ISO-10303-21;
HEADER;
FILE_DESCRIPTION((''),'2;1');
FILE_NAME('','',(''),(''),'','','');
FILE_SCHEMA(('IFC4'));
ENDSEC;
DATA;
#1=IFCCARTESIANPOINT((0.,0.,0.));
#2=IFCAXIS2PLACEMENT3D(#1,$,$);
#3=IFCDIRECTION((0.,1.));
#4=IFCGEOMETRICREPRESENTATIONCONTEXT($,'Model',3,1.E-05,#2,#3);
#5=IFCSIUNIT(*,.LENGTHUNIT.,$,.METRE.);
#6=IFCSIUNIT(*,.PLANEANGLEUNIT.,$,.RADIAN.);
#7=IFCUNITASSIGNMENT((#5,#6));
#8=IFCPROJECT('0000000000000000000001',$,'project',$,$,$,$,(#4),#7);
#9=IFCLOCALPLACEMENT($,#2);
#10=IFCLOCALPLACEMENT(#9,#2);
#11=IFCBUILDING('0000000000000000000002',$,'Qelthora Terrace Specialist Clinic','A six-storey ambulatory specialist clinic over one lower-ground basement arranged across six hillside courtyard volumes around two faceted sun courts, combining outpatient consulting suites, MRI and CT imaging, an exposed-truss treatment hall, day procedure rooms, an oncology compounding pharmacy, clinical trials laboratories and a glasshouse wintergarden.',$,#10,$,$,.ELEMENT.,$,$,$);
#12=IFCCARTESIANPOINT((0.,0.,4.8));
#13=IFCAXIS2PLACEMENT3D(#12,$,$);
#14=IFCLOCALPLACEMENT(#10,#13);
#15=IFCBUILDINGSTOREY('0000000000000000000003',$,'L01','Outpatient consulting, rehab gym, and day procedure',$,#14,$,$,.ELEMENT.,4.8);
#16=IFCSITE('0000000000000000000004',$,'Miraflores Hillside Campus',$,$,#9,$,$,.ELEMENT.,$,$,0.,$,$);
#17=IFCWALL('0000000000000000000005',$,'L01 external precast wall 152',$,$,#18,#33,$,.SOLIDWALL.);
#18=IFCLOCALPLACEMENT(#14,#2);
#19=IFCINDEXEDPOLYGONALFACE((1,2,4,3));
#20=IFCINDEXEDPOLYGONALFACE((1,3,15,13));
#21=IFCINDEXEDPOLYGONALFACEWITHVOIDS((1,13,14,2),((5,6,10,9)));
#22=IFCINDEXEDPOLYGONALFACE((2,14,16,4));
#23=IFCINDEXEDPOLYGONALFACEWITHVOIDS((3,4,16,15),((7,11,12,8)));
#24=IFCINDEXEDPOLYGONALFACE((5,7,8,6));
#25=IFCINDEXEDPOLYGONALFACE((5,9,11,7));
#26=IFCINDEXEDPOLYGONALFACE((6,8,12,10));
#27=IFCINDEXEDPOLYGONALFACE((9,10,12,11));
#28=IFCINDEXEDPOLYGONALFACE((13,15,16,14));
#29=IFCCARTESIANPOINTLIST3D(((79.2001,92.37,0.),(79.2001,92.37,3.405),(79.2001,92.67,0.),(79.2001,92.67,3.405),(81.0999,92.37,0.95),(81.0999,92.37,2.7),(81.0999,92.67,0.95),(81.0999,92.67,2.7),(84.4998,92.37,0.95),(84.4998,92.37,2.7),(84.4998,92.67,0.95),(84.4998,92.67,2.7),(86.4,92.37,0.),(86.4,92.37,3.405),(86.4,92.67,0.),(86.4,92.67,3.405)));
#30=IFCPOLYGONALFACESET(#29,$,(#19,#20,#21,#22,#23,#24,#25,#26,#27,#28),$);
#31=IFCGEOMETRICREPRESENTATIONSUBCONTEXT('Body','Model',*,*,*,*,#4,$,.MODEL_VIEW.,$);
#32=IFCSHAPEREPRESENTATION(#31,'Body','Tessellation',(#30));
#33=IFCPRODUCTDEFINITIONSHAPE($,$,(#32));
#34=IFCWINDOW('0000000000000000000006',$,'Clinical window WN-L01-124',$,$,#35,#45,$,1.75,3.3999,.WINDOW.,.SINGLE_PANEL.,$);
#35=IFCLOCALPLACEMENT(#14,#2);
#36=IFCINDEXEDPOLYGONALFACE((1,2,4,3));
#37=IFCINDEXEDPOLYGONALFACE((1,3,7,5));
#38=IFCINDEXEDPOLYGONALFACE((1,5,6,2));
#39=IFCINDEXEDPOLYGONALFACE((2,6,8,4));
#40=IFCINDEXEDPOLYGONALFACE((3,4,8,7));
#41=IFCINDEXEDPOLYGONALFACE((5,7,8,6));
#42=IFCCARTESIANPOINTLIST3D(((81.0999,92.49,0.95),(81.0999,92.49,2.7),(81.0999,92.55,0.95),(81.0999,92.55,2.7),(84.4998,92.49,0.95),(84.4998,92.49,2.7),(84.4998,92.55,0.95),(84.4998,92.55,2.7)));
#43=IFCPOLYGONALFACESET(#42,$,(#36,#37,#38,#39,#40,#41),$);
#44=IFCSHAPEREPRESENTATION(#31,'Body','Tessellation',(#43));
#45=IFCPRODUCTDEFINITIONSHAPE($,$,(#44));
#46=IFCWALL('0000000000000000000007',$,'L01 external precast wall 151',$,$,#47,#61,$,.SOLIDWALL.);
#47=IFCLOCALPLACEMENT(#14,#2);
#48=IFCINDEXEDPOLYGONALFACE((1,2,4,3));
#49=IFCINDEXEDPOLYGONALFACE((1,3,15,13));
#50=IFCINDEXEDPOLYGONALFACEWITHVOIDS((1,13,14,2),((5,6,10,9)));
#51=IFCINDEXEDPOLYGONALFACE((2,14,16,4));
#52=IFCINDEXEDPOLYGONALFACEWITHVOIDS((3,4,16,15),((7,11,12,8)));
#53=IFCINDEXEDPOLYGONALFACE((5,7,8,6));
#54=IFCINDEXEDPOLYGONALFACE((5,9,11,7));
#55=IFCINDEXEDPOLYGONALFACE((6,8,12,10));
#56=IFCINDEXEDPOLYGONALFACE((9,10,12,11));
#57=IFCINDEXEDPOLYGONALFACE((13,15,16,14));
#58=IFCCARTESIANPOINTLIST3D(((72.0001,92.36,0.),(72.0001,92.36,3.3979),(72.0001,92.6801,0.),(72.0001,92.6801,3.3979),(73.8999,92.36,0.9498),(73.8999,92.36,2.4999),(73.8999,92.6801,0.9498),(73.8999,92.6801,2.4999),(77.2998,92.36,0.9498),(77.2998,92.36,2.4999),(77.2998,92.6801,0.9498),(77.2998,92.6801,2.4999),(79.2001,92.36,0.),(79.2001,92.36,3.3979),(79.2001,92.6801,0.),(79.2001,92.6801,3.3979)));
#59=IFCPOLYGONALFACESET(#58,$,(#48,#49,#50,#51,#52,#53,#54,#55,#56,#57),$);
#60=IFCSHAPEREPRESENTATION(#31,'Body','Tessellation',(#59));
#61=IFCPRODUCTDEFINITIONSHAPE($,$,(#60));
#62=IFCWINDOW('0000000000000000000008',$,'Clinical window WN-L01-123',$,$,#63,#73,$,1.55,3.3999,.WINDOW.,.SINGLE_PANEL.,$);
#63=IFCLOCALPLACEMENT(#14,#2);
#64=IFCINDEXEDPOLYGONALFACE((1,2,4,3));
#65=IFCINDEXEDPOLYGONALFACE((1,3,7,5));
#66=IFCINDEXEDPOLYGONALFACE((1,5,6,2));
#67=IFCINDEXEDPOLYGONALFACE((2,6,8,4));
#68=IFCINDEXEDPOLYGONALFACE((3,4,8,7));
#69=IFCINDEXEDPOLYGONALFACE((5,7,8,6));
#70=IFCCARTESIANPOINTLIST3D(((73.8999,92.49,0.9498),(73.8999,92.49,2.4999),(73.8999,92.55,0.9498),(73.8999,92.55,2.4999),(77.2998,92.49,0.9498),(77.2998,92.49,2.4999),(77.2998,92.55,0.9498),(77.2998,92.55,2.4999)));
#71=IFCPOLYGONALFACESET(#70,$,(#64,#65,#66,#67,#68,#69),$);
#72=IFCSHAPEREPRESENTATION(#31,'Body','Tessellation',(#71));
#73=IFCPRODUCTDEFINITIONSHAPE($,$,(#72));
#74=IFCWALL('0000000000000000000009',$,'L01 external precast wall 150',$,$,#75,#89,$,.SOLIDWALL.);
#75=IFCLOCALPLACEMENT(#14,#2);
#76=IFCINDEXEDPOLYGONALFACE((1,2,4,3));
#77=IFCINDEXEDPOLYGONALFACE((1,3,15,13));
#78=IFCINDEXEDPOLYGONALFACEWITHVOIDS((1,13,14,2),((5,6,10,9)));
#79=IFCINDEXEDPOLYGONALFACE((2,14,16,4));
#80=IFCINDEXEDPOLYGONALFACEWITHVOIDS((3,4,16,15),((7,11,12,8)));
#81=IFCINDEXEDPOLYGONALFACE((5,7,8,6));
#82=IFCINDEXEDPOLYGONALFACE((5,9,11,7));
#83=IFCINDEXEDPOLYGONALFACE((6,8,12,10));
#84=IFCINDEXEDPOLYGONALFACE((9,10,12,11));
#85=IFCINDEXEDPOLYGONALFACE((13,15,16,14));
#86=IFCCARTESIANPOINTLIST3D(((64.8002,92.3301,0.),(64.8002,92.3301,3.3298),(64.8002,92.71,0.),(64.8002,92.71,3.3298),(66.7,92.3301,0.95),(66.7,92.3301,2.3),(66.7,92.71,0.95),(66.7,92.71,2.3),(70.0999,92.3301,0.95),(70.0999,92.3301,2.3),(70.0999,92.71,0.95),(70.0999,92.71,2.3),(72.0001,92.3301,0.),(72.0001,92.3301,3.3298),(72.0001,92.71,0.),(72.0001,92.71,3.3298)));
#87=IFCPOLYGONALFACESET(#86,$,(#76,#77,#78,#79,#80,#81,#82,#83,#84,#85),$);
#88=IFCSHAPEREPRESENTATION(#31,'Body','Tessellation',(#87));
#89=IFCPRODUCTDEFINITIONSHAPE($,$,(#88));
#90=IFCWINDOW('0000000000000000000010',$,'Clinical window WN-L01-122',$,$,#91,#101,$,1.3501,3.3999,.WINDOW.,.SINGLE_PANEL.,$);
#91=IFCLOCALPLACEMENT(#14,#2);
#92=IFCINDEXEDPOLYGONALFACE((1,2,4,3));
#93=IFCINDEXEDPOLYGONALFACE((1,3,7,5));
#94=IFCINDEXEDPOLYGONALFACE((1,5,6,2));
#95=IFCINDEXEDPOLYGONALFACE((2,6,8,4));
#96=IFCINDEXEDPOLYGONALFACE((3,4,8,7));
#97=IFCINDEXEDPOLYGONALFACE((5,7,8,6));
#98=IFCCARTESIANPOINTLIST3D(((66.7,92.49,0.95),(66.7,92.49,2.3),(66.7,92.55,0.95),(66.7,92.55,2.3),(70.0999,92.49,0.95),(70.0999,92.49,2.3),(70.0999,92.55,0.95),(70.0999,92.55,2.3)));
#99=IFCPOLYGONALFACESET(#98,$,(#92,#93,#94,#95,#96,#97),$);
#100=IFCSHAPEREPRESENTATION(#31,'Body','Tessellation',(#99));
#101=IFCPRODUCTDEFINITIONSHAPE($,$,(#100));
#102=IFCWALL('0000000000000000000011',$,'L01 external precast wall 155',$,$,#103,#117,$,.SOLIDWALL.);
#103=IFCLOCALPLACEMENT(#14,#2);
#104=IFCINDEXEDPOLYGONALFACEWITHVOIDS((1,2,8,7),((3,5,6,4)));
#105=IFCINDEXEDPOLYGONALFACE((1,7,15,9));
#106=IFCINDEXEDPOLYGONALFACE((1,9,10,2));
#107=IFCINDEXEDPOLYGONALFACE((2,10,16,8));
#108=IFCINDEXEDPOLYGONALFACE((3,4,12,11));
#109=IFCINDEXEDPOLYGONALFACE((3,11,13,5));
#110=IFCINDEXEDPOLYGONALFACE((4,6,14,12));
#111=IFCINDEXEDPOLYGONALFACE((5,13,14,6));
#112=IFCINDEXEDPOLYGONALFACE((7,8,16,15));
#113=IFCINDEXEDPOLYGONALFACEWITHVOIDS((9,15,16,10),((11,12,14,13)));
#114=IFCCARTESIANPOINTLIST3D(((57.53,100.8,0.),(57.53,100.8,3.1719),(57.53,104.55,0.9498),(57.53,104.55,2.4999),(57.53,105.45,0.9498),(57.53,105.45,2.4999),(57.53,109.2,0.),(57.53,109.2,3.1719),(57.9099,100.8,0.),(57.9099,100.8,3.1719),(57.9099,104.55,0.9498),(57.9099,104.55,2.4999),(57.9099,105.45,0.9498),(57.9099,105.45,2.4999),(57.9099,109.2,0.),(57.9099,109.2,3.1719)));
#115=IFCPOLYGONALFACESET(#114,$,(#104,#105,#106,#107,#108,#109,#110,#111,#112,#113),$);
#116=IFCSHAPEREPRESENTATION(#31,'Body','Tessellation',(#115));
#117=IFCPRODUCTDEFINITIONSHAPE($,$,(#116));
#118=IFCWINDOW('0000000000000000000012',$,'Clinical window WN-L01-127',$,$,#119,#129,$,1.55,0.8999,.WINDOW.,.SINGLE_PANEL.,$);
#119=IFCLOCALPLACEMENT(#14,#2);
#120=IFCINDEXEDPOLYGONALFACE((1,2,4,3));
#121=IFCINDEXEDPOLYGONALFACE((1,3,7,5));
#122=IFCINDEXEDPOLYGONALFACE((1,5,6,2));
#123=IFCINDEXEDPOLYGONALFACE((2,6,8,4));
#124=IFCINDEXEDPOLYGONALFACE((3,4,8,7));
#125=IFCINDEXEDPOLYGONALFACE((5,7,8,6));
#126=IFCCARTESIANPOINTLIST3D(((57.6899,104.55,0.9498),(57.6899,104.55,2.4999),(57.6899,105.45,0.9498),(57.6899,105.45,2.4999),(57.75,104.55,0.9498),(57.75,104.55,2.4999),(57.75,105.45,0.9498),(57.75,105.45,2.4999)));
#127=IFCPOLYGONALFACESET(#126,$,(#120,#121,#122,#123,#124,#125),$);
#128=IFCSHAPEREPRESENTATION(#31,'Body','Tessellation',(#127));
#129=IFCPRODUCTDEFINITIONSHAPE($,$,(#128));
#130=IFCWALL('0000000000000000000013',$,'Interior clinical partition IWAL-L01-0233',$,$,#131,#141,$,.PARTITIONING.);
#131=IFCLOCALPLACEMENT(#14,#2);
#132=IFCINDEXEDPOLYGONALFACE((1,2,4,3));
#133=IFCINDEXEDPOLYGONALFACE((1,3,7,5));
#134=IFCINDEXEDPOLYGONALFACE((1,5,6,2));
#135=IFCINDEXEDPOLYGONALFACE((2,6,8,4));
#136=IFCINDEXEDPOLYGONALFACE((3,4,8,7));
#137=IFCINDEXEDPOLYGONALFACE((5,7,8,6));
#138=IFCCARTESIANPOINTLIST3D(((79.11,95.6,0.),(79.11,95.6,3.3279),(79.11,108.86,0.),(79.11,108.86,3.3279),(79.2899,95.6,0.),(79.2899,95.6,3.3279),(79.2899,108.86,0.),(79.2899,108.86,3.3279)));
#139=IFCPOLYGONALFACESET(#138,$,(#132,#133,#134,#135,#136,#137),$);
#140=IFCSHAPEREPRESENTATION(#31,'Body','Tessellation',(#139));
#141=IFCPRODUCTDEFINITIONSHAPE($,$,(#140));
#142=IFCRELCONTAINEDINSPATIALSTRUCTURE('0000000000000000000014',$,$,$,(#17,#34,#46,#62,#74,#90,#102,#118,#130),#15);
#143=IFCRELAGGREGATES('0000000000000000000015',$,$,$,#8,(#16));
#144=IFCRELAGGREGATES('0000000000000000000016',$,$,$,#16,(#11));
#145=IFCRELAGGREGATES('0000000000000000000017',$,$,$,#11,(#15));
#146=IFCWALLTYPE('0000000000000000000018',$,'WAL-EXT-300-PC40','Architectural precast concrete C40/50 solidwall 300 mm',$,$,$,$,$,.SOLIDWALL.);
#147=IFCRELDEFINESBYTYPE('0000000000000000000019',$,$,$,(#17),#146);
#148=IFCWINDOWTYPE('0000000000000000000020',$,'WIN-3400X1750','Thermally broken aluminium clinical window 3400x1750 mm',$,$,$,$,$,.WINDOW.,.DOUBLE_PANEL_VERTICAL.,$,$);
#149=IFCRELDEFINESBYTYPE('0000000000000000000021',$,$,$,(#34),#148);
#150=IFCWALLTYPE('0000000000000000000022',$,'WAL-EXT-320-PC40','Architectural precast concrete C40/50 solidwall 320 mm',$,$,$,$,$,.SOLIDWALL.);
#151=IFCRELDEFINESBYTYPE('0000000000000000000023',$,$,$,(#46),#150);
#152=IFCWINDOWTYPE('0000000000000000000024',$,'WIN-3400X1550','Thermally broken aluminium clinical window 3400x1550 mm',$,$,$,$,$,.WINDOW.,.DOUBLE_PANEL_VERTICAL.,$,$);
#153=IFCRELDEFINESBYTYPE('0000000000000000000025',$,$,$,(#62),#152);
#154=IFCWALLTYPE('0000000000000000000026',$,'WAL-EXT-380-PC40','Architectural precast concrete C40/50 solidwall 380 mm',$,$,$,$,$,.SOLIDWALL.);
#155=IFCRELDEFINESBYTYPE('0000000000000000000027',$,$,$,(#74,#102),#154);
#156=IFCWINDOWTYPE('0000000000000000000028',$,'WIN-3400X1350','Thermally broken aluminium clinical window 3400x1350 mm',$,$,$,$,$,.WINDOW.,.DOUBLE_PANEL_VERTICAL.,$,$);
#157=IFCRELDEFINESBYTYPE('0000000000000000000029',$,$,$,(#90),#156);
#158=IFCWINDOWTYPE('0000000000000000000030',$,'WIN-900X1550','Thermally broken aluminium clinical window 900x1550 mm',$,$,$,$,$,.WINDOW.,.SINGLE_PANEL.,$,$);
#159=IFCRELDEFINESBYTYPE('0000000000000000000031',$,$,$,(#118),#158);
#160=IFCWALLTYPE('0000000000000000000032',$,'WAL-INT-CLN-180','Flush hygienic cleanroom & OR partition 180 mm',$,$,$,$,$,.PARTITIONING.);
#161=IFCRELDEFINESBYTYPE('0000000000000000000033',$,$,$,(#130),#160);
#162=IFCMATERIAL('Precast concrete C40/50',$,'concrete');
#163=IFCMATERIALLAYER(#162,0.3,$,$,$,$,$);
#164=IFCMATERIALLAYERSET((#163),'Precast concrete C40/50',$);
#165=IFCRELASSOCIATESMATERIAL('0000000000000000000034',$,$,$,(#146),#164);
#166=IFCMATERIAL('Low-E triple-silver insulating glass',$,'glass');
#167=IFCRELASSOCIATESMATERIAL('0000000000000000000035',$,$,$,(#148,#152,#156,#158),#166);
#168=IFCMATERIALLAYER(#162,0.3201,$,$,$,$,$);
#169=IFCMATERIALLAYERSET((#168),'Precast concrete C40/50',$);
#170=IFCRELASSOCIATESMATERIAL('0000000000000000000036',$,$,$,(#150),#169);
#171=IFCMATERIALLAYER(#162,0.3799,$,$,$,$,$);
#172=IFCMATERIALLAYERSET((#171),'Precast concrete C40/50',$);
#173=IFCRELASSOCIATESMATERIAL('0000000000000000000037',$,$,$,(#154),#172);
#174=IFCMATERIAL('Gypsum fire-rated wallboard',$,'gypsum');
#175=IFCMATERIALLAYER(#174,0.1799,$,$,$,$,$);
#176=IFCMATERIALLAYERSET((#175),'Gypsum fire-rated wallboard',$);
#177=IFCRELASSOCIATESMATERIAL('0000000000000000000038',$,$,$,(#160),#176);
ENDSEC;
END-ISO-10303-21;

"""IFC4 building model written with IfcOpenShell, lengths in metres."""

from ifc_helpers import new_model, si_unit, direction, frame, frame_2d, origin, place, context, subcontext, project, spatial, rectangle, extrude, material, layer, layer_set, type_object, element, fill, save


model = new_model("IFC4")

# Units and contexts
model_context = context("Model", 3, precision=1e-05, world=origin(), true_north=direction((0.0, 1.0)))
body_context = subcontext(model_context, "Body", "Model", "MODEL_VIEW")
ifc_project = project(units=[si_unit("LENGTHUNIT", "METRE"), si_unit("PLANEANGLEUNIT", "RADIAN")], contexts=[model_context])

# Site, building, storey
site_placement = place(None, origin())
site = spatial("IfcSite", under=ifc_project, at=site_placement, Name="Miraflores Hillside Campus", CompositionType="ELEMENT", RefElevation=0.0)
building_placement = place(site_placement, origin())
building = spatial("IfcBuilding", under=site, at=building_placement, Name="Qelthora Terrace Specialist Clinic", Description="A six-storey ambulatory specialist clinic over one lower-ground basement arranged across six hillside courtyard volumes around two faceted sun courts, combining outpatient consulting suites, MRI and CT imaging, an exposed-truss treatment hall, day procedure rooms, an oncology compounding pharmacy, clinical trials laboratories and a glasshouse wintergarden.", CompositionType="ELEMENT")
storey_placement = place(building_placement, frame((0.0, 0.0, 4.8)))
storey = spatial("IfcBuildingStorey", under=building, at=storey_placement, Name="L01", Description="Outpatient consulting, rehab gym, and day procedure", CompositionType="ELEMENT", Elevation=4.8)

# Walls, openings, windows
ifc_material_1 = material(Name="Precast concrete C40/50", Category="concrete")
ifc_material_2 = material(Name="Low-E triple-silver insulating glass", Category="glass")
ifc_layer_1 = layer(ifc_material_1, 0.3)
ifc_layer_set_1 = layer_set([ifc_layer_1], Name="Precast concrete C40/50")
wall_type_1 = type_object("IfcWallType", Name="WAL-EXT-300-PC40", Description="Architectural precast concrete C40/50 solidwall 300 mm", PredefinedType="SOLIDWALL", material=ifc_layer_set_1)
wall_1_placement = place(storey_placement, frame((79.2, 92.52, 0.0), z_axis=(0.0, 0.0, 1.0), x_axis=(1.0, 0.0, 0.0)))
wall_1 = element("IfcWall", 1, at=wall_1_placement, inside=storey, type_object=wall_type_1, Name="L01 external precast wall 152", PredefinedType="SOLIDWALL", context=body_context, shape_type="SweptSolid", body=[
    extrude(rectangle(XDim=7.2, YDim=0.3, at=frame_2d((3.6001, 0.0))), origin(), (0.0, 0.0, 1.0), 3.405),
])
opening_1_placement = place(wall_1_placement, frame((1.8999, 0.0, 0.95)))
opening_1 = element("IfcOpeningElement", 2, at=opening_1_placement, cuts=wall_1, PredefinedType="OPENING", context=body_context, shape_type="SweptSolid", body=[
    extrude(rectangle(XDim=3.3999, YDim=1.75, at=frame_2d((1.7, 0.875))), frame((0.0, 0.1599, 0.0), z_axis=(0.0, -1.0, 0.0), x_axis=(1.0, 0.0, 0.0)), (0.0, 0.0, 1.0), 0.3201),
])
window_type_1 = type_object("IfcWindowType", Name="WIN-3400X1750", Description="Thermally broken aluminium clinical window 3400x1750 mm", PartitioningType="DOUBLE_PANEL_VERTICAL", PredefinedType="WINDOW", material=ifc_material_2)
window_1_placement = place(opening_1_placement, origin())
window_1 = element("IfcWindow", 3, at=window_1_placement, inside=storey, type_object=window_type_1, Name="Clinical window WN-L01-124", OverallHeight=1.75, OverallWidth=3.3999, PartitioningType="SINGLE_PANEL", PredefinedType="WINDOW", context=body_context, shape_type="SweptSolid", body=[
    extrude(rectangle(XDim=3.3999, YDim=1.75, at=frame_2d((1.7, 0.875))), frame((0.0, 0.03, 0.0), z_axis=(0.0, -1.0, 0.0), x_axis=(1.0, 0.0, 0.0)), (0.0, 0.0, 1.0), 0.0601),
])
fill(opening_1, window_1)
ifc_layer_2 = layer(ifc_material_1, 0.3201)
ifc_layer_set_2 = layer_set([ifc_layer_2], Name="Precast concrete C40/50")
wall_type_2 = type_object("IfcWallType", Name="WAL-EXT-320-PC40", Description="Architectural precast concrete C40/50 solidwall 320 mm", PredefinedType="SOLIDWALL", material=ifc_layer_set_2)
wall_2_placement = place(storey_placement, frame((72.0, 92.52, 0.0), z_axis=(0.0, 0.0, 1.0), x_axis=(1.0, 0.0, 0.0)))
wall_2 = element("IfcWall", 4, at=wall_2_placement, inside=storey, type_object=wall_type_2, Name="L01 external precast wall 151", PredefinedType="SOLIDWALL", context=body_context, shape_type="SweptSolid", body=[
    extrude(rectangle(XDim=7.2, YDim=0.3201, at=frame_2d((3.6001, 0.0))), origin(), (0.0, 0.0, 1.0), 3.3979),
])
opening_2_placement = place(wall_2_placement, frame((1.8999, 0.0, 0.95)))
opening_2 = element("IfcOpeningElement", 5, at=opening_2_placement, cuts=wall_2, PredefinedType="OPENING", context=body_context, shape_type="SweptSolid", body=[
    extrude(rectangle(XDim=3.3999, YDim=1.55, at=frame_2d((1.7, 0.7749))), frame((0.0, 0.1699, 0.0), z_axis=(0.0, -1.0, 0.0), x_axis=(1.0, 0.0, 0.0)), (0.0, 0.0, 1.0), 0.3401),
])
window_type_2 = type_object("IfcWindowType", Name="WIN-3400X1550", Description="Thermally broken aluminium clinical window 3400x1550 mm", PartitioningType="DOUBLE_PANEL_VERTICAL", PredefinedType="WINDOW", material=ifc_material_2)
window_2_placement = place(opening_2_placement, origin())
window_2 = element("IfcWindow", 6, at=window_2_placement, inside=storey, type_object=window_type_2, Name="Clinical window WN-L01-123", OverallHeight=1.55, OverallWidth=3.3999, PartitioningType="SINGLE_PANEL", PredefinedType="WINDOW", context=body_context, shape_type="SweptSolid", body=[
    extrude(rectangle(XDim=3.3999, YDim=1.55, at=frame_2d((1.7, 0.7749))), frame((0.0, 0.03, 0.0), z_axis=(0.0, -1.0, 0.0), x_axis=(1.0, 0.0, 0.0)), (0.0, 0.0, 1.0), 0.0601),
])
fill(opening_2, window_2)
ifc_layer_3 = layer(ifc_material_1, 0.3799)
ifc_layer_set_3 = layer_set([ifc_layer_3], Name="Precast concrete C40/50")
wall_type_3 = type_object("IfcWallType", Name="WAL-EXT-380-PC40", Description="Architectural precast concrete C40/50 solidwall 380 mm", PredefinedType="SOLIDWALL", material=ifc_layer_set_3)
wall_3_placement = place(storey_placement, frame((64.8, 92.52, 0.0), z_axis=(0.0, 0.0, 1.0), x_axis=(1.0, 0.0, 0.0)))
wall_3 = element("IfcWall", 7, at=wall_3_placement, inside=storey, type_object=wall_type_3, Name="L01 external precast wall 150", PredefinedType="SOLIDWALL", context=body_context, shape_type="SweptSolid", body=[
    extrude(rectangle(XDim=7.2, YDim=0.3799, at=frame_2d((3.6001, 0.0))), origin(), (0.0, 0.0, 1.0), 3.3298),
])
opening_3_placement = place(wall_3_placement, frame((1.8999, 0.0, 0.95)))
opening_3 = element("IfcOpeningElement", 8, at=opening_3_placement, cuts=wall_3, PredefinedType="OPENING", context=body_context, shape_type="SweptSolid", body=[
    extrude(rectangle(XDim=3.3999, YDim=1.3501, at=frame_2d((1.7, 0.675))), frame((0.0, 0.2, 0.0), z_axis=(0.0, -1.0, 0.0), x_axis=(1.0, 0.0, 0.0)), (0.0, 0.0, 1.0), 0.3999),
])
window_type_3 = type_object("IfcWindowType", Name="WIN-3400X1350", Description="Thermally broken aluminium clinical window 3400x1350 mm", PartitioningType="DOUBLE_PANEL_VERTICAL", PredefinedType="WINDOW", material=ifc_material_2)
window_3_placement = place(opening_3_placement, origin())
window_3 = element("IfcWindow", 9, at=window_3_placement, inside=storey, type_object=window_type_3, Name="Clinical window WN-L01-122", OverallHeight=1.3501, OverallWidth=3.3999, PartitioningType="SINGLE_PANEL", PredefinedType="WINDOW", context=body_context, shape_type="SweptSolid", body=[
    extrude(rectangle(XDim=3.3999, YDim=1.3501, at=frame_2d((1.7, 0.675))), frame((0.0, 0.03, 0.0), z_axis=(0.0, -1.0, 0.0), x_axis=(1.0, 0.0, 0.0)), (0.0, 0.0, 1.0), 0.0601),
])
fill(opening_3, window_3)
wall_4_placement = place(storey_placement, frame((57.72, 100.8, 0.0), z_axis=(0.0, 0.0, 1.0), x_axis=(0.0, 1.0, 0.0)))
wall_4 = element("IfcWall", 10, at=wall_4_placement, inside=storey, type_object=wall_type_3, Name="L01 external precast wall 155", PredefinedType="SOLIDWALL", context=body_context, shape_type="SweptSolid", body=[
    extrude(rectangle(XDim=8.3999, YDim=0.3799, at=frame_2d((4.2, 0.0))), origin(), (0.0, 0.0, 1.0), 3.1719),
])
opening_4_placement = place(wall_4_placement, frame((3.75, 0.0, 0.95)))
opening_4 = element("IfcOpeningElement", 11, at=opening_4_placement, cuts=wall_4, PredefinedType="OPENING", context=body_context, shape_type="SweptSolid", body=[
    extrude(rectangle(XDim=0.8999, YDim=1.55, at=frame_2d((0.45, 0.7749))), frame((0.0, 0.2, 0.0), z_axis=(0.0, -1.0, 0.0), x_axis=(1.0, 0.0, 0.0)), (0.0, 0.0, 1.0), 0.3999),
])
window_type_4 = type_object("IfcWindowType", Name="WIN-900X1550", Description="Thermally broken aluminium clinical window 900x1550 mm", PartitioningType="SINGLE_PANEL", PredefinedType="WINDOW", material=ifc_material_2)
window_4_placement = place(opening_4_placement, origin())
window_4 = element("IfcWindow", 12, at=window_4_placement, inside=storey, type_object=window_type_4, Name="Clinical window WN-L01-127", OverallHeight=1.55, OverallWidth=0.8999, PartitioningType="SINGLE_PANEL", PredefinedType="WINDOW", context=body_context, shape_type="SweptSolid", body=[
    extrude(rectangle(XDim=0.8999, YDim=1.55, at=frame_2d((0.45, 0.7749))), frame((0.0, 0.03, 0.0), z_axis=(0.0, -1.0, 0.0), x_axis=(1.0, 0.0, 0.0)), (0.0, 0.0, 1.0), 0.0601),
])
fill(opening_4, window_4)

# Wall
ifc_material_3 = material(Name="Gypsum fire-rated wallboard", Category="gypsum")
ifc_layer_4 = layer(ifc_material_3, 0.1799)
ifc_layer_set_4 = layer_set([ifc_layer_4], Name="Gypsum fire-rated wallboard")
wall_type_4 = type_object("IfcWallType", Name="WAL-INT-CLN-180", Description="Flush hygienic cleanroom & OR partition 180 mm", PredefinedType="PARTITIONING", material=ifc_layer_set_4)
wall_5_placement = place(storey_placement, frame((79.2, 95.6001, 0.0), z_axis=(0.0, 0.0, 1.0), x_axis=(0.0, 1.0, 0.0)))
element("IfcWall", 13, at=wall_5_placement, inside=storey, type_object=wall_type_4, Name="Interior clinical partition IWAL-L01-0233", PredefinedType="PARTITIONING", context=body_context, shape_type="SweptSolid", body=[
    extrude(rectangle(XDim=13.26, YDim=0.1799, at=frame_2d((6.6299, 0.0))), origin(), (0.0, 0.0, 1.0), 3.3279),
])

save(model, "model.ifc")
